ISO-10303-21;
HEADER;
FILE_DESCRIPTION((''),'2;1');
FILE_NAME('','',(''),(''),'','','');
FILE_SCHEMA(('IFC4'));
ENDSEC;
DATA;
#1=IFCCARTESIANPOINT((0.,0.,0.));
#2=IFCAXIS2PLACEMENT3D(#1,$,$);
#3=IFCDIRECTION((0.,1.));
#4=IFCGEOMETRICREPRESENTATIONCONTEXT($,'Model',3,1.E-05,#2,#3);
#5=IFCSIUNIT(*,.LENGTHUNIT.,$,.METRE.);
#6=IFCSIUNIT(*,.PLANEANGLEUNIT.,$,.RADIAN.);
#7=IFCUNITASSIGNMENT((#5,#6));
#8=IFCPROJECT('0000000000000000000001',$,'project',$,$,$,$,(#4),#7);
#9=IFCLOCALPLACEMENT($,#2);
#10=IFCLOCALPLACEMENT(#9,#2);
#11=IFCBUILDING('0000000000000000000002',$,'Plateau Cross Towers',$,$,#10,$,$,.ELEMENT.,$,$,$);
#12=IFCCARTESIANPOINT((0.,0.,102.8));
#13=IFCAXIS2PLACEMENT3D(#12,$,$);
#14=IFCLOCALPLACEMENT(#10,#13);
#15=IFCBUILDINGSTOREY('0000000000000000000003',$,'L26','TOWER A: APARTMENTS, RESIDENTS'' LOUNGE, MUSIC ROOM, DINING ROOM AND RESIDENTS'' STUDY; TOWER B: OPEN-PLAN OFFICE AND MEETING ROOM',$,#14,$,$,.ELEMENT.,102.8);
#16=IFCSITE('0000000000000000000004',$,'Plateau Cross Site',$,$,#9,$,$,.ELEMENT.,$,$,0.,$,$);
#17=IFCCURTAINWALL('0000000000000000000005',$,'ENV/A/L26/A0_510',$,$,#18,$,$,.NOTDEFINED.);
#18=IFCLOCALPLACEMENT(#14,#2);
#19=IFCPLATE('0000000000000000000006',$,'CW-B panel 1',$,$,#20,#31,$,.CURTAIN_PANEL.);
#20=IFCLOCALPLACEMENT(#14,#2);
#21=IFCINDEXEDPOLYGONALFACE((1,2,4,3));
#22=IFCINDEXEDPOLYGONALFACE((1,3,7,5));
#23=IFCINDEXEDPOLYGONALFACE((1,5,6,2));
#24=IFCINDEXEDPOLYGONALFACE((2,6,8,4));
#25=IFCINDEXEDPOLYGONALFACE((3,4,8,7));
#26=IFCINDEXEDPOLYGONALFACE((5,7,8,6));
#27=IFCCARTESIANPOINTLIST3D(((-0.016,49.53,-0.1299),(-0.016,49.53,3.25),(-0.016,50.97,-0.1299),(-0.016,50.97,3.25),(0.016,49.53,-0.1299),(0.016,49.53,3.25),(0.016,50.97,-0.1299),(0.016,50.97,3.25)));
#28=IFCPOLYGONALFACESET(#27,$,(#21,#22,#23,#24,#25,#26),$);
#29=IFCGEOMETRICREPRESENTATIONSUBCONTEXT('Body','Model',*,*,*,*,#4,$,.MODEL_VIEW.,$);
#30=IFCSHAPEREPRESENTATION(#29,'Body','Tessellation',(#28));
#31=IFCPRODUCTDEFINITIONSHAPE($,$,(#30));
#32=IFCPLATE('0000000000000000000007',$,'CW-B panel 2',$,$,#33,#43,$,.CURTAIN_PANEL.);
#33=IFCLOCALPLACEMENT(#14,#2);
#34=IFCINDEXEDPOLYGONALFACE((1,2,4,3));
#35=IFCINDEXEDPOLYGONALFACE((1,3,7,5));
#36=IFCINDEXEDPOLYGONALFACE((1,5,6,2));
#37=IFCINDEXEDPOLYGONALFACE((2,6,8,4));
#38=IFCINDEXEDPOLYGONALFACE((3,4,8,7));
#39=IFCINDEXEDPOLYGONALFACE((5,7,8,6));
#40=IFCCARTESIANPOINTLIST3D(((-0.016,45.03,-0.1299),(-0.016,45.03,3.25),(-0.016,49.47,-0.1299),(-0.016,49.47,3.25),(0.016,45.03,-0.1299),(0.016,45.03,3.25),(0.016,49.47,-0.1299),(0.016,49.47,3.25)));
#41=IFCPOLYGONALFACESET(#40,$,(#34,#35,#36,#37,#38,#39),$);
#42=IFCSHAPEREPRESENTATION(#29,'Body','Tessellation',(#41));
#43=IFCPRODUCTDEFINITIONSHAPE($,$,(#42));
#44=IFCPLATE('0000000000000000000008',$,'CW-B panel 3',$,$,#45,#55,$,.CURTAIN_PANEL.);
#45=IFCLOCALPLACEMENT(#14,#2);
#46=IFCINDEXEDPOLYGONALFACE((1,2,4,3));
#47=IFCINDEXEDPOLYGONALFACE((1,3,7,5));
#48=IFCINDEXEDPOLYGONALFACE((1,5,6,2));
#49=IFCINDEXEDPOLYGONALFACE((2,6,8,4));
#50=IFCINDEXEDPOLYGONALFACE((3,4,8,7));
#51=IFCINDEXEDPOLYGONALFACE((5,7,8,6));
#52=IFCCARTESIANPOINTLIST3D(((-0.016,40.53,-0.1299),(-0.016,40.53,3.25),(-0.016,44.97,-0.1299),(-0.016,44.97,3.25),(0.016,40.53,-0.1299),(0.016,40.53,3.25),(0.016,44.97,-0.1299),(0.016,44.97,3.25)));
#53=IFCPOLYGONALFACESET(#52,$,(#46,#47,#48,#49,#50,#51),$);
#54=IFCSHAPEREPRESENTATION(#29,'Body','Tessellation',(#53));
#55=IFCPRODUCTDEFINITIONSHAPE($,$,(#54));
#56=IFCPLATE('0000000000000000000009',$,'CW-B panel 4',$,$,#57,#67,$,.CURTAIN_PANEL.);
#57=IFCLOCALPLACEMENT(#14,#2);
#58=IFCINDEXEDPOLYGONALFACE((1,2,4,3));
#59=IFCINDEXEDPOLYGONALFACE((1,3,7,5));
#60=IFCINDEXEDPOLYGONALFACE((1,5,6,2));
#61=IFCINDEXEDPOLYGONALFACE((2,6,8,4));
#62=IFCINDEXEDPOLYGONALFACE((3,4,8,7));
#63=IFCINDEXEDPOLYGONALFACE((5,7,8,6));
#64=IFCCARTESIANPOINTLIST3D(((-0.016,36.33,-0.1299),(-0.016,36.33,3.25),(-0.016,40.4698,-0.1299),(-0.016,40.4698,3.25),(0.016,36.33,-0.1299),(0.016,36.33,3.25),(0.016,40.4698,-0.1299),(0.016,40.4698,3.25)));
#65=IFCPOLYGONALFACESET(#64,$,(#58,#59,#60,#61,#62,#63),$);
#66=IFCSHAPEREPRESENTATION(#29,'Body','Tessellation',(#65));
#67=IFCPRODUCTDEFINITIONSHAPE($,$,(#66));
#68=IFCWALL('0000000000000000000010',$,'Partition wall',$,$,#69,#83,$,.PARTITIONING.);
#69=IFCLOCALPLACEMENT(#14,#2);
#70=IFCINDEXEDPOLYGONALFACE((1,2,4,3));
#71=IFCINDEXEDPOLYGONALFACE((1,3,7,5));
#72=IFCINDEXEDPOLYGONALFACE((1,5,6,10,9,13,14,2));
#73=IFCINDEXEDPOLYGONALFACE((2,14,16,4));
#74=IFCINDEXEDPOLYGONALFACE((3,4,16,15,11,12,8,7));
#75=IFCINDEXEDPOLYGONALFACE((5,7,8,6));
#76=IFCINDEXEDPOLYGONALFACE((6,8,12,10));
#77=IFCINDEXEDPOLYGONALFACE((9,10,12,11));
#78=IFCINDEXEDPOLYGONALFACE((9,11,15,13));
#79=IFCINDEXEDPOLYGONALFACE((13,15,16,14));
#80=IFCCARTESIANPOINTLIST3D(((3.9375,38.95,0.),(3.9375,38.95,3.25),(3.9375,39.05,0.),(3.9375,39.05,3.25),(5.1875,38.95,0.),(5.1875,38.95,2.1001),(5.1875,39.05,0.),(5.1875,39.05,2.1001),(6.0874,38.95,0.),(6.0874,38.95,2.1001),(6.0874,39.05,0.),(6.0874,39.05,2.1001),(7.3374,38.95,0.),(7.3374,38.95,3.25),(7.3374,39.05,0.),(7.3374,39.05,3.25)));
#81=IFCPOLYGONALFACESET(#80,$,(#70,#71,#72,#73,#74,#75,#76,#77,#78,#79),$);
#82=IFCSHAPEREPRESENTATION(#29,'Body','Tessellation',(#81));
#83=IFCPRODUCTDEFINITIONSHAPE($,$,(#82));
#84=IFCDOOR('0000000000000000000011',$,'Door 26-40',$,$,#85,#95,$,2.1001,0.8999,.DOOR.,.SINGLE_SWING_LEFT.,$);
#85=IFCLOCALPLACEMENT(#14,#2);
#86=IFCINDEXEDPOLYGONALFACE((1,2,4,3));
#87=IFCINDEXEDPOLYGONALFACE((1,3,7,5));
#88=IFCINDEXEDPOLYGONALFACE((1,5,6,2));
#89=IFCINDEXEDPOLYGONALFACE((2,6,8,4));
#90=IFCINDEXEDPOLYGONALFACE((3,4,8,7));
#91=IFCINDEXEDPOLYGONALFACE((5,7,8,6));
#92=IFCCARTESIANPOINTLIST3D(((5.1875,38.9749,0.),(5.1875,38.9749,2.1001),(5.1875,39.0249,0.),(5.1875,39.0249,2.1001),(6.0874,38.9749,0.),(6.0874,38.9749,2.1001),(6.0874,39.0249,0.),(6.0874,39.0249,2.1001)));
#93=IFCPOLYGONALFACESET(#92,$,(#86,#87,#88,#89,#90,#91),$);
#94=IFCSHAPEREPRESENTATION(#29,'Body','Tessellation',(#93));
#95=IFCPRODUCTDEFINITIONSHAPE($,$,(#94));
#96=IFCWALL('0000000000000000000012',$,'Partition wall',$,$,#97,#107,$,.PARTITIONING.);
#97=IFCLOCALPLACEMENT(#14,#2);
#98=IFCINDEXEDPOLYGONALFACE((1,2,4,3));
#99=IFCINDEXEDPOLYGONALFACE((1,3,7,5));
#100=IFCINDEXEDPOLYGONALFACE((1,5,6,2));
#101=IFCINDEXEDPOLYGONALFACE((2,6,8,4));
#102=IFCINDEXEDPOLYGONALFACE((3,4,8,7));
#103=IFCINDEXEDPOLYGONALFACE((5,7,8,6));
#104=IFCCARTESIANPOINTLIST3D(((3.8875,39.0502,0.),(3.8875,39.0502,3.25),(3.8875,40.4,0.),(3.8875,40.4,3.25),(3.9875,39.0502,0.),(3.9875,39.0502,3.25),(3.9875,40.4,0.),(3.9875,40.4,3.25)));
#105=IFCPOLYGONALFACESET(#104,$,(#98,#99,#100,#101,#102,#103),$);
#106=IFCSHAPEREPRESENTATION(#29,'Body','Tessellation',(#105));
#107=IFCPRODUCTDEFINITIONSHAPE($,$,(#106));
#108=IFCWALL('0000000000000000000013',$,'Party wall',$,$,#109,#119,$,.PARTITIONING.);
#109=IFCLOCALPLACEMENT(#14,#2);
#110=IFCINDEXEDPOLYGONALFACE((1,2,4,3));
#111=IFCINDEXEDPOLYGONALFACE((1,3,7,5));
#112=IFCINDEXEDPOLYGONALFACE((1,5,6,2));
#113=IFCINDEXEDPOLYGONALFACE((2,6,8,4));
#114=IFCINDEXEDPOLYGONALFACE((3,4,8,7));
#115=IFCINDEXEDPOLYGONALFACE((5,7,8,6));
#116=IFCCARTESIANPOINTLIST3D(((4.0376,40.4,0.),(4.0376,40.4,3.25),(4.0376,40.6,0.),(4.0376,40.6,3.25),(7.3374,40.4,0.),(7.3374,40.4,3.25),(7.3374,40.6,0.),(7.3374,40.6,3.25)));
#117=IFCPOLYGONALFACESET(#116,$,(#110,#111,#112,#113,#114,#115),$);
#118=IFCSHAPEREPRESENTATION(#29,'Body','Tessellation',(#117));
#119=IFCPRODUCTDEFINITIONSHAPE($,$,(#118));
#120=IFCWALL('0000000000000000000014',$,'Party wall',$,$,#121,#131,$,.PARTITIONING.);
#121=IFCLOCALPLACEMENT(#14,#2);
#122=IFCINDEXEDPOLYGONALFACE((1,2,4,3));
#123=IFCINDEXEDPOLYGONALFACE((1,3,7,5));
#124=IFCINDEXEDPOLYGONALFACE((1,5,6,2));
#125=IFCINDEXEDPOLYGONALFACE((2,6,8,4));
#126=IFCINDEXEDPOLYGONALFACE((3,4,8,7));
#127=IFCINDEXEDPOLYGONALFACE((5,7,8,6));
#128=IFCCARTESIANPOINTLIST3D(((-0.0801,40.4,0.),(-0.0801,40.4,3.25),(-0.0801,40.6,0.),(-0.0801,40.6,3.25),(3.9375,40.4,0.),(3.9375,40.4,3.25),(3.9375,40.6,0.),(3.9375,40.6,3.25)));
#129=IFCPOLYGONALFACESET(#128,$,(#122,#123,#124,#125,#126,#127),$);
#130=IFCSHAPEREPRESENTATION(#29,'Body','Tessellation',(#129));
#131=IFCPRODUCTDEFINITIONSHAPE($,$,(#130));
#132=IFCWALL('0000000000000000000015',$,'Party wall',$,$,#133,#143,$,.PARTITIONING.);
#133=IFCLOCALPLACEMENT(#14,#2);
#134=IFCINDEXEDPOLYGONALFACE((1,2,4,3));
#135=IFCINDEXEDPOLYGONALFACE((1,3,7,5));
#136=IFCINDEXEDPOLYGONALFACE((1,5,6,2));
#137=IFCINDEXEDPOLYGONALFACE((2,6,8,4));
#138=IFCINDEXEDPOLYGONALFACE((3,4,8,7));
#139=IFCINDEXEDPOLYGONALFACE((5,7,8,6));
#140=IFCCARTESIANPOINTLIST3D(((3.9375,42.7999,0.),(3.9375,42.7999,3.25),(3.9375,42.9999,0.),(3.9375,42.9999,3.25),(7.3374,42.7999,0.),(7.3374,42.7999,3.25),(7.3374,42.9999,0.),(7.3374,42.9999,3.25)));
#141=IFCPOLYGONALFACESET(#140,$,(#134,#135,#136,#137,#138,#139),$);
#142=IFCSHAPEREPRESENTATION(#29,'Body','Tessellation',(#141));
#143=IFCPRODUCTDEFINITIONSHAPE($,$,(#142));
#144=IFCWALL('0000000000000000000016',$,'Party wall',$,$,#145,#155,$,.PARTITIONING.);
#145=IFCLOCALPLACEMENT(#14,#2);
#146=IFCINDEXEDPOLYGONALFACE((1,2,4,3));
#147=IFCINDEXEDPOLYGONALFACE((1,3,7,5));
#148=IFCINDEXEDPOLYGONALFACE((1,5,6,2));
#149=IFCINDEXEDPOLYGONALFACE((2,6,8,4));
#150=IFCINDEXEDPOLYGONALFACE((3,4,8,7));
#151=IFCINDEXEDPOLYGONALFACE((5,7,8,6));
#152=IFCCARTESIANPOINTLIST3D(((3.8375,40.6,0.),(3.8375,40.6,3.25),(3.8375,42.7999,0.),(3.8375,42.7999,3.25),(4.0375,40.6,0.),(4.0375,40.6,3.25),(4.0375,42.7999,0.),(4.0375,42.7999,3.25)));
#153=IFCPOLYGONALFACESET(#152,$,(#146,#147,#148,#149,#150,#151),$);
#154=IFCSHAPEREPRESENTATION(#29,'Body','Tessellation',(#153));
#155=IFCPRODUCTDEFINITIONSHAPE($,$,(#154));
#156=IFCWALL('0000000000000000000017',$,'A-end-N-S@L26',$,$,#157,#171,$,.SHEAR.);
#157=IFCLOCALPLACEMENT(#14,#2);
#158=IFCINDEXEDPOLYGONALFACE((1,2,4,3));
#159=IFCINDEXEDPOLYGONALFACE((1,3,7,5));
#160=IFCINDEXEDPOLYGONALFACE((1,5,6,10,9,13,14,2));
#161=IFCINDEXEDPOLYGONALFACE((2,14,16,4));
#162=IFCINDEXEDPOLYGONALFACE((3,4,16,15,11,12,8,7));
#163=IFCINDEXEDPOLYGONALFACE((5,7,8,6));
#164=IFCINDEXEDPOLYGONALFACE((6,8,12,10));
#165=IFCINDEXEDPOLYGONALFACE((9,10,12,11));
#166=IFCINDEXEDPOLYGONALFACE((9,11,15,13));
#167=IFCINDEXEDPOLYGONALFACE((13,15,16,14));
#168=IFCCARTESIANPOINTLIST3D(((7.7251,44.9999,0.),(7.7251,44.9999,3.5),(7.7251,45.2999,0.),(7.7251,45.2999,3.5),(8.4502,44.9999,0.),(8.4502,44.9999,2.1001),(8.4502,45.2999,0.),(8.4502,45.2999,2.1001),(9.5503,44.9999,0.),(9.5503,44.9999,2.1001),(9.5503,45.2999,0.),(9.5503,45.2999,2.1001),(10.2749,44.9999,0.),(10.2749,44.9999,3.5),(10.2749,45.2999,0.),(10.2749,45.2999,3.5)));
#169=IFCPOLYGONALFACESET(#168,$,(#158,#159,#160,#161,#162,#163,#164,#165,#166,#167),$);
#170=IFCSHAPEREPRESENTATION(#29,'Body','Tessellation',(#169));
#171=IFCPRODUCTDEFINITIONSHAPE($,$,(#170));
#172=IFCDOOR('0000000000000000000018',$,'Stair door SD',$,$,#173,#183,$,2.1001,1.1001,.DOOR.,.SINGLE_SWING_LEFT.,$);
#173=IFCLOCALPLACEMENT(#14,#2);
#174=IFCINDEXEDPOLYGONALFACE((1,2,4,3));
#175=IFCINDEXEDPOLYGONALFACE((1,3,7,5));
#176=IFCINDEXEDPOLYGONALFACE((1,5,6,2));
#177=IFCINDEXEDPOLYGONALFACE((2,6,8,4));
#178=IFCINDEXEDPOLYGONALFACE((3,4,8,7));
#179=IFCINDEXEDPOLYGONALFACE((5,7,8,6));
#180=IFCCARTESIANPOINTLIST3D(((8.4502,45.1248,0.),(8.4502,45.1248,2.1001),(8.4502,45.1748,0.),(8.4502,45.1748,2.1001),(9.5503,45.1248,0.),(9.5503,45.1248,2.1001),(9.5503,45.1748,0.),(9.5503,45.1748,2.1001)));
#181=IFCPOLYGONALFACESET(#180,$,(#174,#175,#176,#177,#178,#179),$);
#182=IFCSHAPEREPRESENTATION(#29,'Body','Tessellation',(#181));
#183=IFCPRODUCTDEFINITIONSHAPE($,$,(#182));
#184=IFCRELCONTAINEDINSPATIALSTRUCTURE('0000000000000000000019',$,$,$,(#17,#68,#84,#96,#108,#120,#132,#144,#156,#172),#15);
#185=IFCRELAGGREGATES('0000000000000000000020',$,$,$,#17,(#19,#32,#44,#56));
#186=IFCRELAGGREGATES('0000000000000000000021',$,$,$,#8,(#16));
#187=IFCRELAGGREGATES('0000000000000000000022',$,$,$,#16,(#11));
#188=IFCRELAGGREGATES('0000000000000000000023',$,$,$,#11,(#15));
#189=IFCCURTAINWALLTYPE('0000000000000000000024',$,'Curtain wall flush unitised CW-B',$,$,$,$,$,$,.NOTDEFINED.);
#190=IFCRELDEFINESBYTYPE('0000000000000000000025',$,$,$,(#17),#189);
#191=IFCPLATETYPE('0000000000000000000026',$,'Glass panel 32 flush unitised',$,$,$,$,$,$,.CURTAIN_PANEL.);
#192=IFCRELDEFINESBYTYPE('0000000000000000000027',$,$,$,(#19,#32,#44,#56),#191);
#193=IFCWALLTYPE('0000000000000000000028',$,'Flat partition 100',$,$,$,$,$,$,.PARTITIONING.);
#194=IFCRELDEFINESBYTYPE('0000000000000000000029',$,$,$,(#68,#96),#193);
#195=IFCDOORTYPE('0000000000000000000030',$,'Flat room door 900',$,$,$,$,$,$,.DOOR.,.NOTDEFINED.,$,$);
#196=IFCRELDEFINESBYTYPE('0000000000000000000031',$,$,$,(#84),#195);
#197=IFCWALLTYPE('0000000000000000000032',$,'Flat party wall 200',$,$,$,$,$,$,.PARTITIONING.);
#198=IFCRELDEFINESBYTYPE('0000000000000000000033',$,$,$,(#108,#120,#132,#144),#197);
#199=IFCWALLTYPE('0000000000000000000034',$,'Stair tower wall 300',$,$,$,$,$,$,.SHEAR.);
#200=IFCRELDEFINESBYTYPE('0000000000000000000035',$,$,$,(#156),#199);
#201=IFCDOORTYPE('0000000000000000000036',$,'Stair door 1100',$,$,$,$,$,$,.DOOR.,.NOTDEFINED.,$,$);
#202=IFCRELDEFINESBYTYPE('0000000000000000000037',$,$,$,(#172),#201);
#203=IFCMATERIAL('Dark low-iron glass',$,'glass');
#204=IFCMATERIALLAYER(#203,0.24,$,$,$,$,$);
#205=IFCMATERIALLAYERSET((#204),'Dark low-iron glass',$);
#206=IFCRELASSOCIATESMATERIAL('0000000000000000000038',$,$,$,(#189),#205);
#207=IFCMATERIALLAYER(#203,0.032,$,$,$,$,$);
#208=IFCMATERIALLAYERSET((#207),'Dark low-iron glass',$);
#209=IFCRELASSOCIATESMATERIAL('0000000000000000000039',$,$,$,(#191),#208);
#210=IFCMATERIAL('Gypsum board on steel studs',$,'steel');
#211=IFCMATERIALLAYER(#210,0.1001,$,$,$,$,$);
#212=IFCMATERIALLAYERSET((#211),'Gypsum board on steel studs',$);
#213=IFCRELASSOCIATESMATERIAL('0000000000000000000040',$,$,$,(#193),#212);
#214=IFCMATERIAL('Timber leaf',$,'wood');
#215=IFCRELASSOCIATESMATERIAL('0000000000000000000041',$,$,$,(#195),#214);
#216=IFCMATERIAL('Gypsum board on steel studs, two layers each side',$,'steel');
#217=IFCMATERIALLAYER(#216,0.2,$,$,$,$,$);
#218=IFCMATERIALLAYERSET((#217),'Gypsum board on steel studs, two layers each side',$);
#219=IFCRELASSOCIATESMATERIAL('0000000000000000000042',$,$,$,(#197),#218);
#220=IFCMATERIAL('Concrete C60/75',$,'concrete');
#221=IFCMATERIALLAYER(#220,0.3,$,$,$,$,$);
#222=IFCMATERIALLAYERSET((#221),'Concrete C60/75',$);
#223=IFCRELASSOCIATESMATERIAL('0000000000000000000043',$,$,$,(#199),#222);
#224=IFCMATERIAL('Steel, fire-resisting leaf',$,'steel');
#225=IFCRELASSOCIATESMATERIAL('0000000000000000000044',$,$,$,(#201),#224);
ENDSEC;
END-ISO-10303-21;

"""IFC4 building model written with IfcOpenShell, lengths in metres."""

from ifc_helpers import new_model, si_unit, direction, frame, frame_2d, origin, origin_2d, place, context, subcontext, project, spatial, rectangle, extrude, material, layer, layer_set, type_object, element, fill, aggregate, save


model = new_model("IFC4")

# Units and contexts
model_context = context("Model", 3, precision=1e-05, world=origin(), true_north=direction((0.0, 1.0)))
body_context = subcontext(model_context, "Body", "Model", "MODEL_VIEW")
ifc_project = project(units=[si_unit("LENGTHUNIT", "METRE"), si_unit("PLANEANGLEUNIT", "RADIAN")], contexts=[model_context])

# Site, building, storey
site_placement = place(None, origin())
site = spatial("IfcSite", under=ifc_project, at=site_placement, Name="Plateau Cross Site", CompositionType="ELEMENT", RefElevation=0.0)
building_placement = place(site_placement, origin())
building = spatial("IfcBuilding", under=site, at=building_placement, Name="Plateau Cross Towers", CompositionType="ELEMENT")
storey_placement = place(building_placement, frame((0.0, 0.0, 102.8)))
storey = spatial("IfcBuildingStorey", under=building, at=storey_placement, Name="L26", Description="TOWER A: APARTMENTS, RESIDENTS' LOUNGE, MUSIC ROOM, DINING ROOM AND RESIDENTS' STUDY; TOWER B: OPEN-PLAN OFFICE AND MEETING ROOM", CompositionType="ELEMENT", Elevation=102.8)

# Shared definitions
ifc_material_1 = material(Name="Concrete C60/75", Category="concrete")

# Shared definitions
ifc_material_2 = material(Name="Dark low-iron glass", Category="glass")
ifc_layer_1 = layer(ifc_material_2, 0.24)
ifc_layer_set_1 = layer_set([ifc_layer_1], Name="Dark low-iron glass")
curtain_wall_type = type_object("IfcCurtainWallType", Name="Curtain wall flush unitised CW-B", PredefinedType="NOTDEFINED", material=ifc_layer_set_1)

# Curtain wall
curtain_wall_1_placement = place(storey_placement, origin())
curtain_wall_1 = element("IfcCurtainWall", 1, at=curtain_wall_1_placement, inside=storey, type_object=curtain_wall_type, Name="ENV/A/L26/A0_510", PredefinedType="NOTDEFINED")

# Shared definitions
ifc_layer_2 = layer(ifc_material_2, 0.032)
ifc_layer_set_2 = layer_set([ifc_layer_2], Name="Dark low-iron glass")
plate_type = type_object("IfcPlateType", Name="Glass panel 32 flush unitised", PredefinedType="CURTAIN_PANEL", material=ifc_layer_set_2)

# Plates
plate_1_placement = place(storey_placement, frame((0.0, 50.25, -0.1299), z_axis=(0.0, 0.0, 1.0), x_axis=(0.0, -1.0, 0.0)))
plate_1 = element("IfcPlate", 2, at=plate_1_placement, type_object=plate_type, Name="CW-B panel 1", PredefinedType="CURTAIN_PANEL", context=body_context, shape_type="SweptSolid", body=[
    extrude(rectangle(XDim=1.4399, YDim=0.032, at=origin_2d()), origin(), (0.0, 0.0, 1.0), 3.3799),
])
plate_2_placement = place(storey_placement, frame((0.0, 47.25, -0.1299), z_axis=(0.0, 0.0, 1.0), x_axis=(0.0, -1.0, 0.0)))
plate_2 = element("IfcPlate", 3, at=plate_2_placement, type_object=plate_type, Name="CW-B panel 2", PredefinedType="CURTAIN_PANEL", context=body_context, shape_type="SweptSolid", body=[
    extrude(rectangle(XDim=4.4399, YDim=0.032, at=origin_2d()), origin(), (0.0, 0.0, 1.0), 3.3799),
])
plate_3_placement = place(storey_placement, frame((0.0, 42.75, -0.1299), z_axis=(0.0, 0.0, 1.0), x_axis=(0.0, -1.0, 0.0)))
plate_3 = element("IfcPlate", 4, at=plate_3_placement, type_object=plate_type, Name="CW-B panel 3", PredefinedType="CURTAIN_PANEL", context=body_context, shape_type="SweptSolid", body=[
    extrude(rectangle(XDim=4.4399, YDim=0.032, at=origin_2d()), origin(), (0.0, 0.0, 1.0), 3.3799),
])
plate_4_placement = place(storey_placement, frame((0.0, 38.3999, -0.1299), z_axis=(0.0, 0.0, 1.0), x_axis=(0.0, -1.0, 0.0)))
plate_4 = element("IfcPlate", 5, at=plate_4_placement, type_object=plate_type, Name="CW-B panel 4", PredefinedType="CURTAIN_PANEL", context=body_context, shape_type="SweptSolid", body=[
    extrude(rectangle(XDim=4.1399, YDim=0.032, at=origin_2d()), origin(), (0.0, 0.0, 1.0), 3.3799),
])
aggregate(curtain_wall_1, [plate_1, plate_2, plate_3, plate_4])

# Wall, opening, door
ifc_material_3 = material(Name="Gypsum board on steel studs", Category="steel")
ifc_layer_3 = layer(ifc_material_3, 0.1001)
ifc_layer_set_3 = layer_set([ifc_layer_3], Name="Gypsum board on steel studs")
wall_type_1 = type_object("IfcWallType", Name="Flat partition 100", PredefinedType="PARTITIONING", material=ifc_layer_set_3)
wall_1_placement = place(storey_placement, frame((3.9375, 39.0, 0.0), z_axis=(0.0, 0.0, 1.0), x_axis=(1.0, 0.0, 0.0)))
wall_1 = element("IfcWall", 6, at=wall_1_placement, inside=storey, type_object=wall_type_1, Name="Partition wall", PredefinedType="PARTITIONING", context=body_context, shape_type="SweptSolid", body=[
    extrude(rectangle(XDim=3.3999, YDim=0.1001, at=frame_2d((1.7, 0.0))), origin(), (0.0, 0.0, 1.0), 3.25),
])
opening_1_placement = place(wall_1_placement, frame((1.25, 0.0, 0.0)))
opening_1 = element("IfcOpeningElement", 7, at=opening_1_placement, cuts=wall_1, PredefinedType="OPENING", context=body_context, shape_type="SweptSolid", body=[
    extrude(rectangle(XDim=0.8999, YDim=2.1001, at=frame_2d((0.45, 1.05))), frame((0.0, 0.0601, 0.0), z_axis=(0.0, -1.0, 0.0), x_axis=(1.0, 0.0, 0.0)), (0.0, 0.0, 1.0), 0.1201),
])
ifc_material_4 = material(Name="Timber leaf", Category="wood")
door_type_1 = type_object("IfcDoorType", Name="Flat room door 900", OperationType="NOTDEFINED", PredefinedType="DOOR", material=ifc_material_4)
door_1_placement = place(opening_1_placement, origin())
door_1 = element("IfcDoor", 8, at=door_1_placement, inside=storey, type_object=door_type_1, Name="Door 26-40", OperationType="SINGLE_SWING_LEFT", OverallHeight=2.1001, OverallWidth=0.8999, PredefinedType="DOOR", context=body_context, shape_type="SweptSolid", body=[
    extrude(rectangle(XDim=0.8999, YDim=2.1001, at=frame_2d((0.45, 1.05))), frame((0.0, 0.0249, 0.0), z_axis=(0.0, -1.0, 0.0), x_axis=(1.0, 0.0, 0.0)), (0.0, 0.0, 1.0), 0.05),
])
fill(opening_1, door_1)

# Walls
wall_2_placement = place(storey_placement, frame((3.9375, 40.3999, 0.0), z_axis=(0.0, 0.0, 1.0), x_axis=(0.0, -1.0, 0.0)))
element("IfcWall", 9, at=wall_2_placement, inside=storey, type_object=wall_type_1, Name="Partition wall", PredefinedType="PARTITIONING", context=body_context, shape_type="SweptSolid", body=[
    extrude(rectangle(XDim=1.3499, YDim=0.1001, at=frame_2d((0.6748, 0.0))), origin(), (0.0, 0.0, 1.0), 3.25),
])
ifc_material_5 = material(Name="Gypsum board on steel studs, two layers each side", Category="steel")
ifc_layer_4 = layer(ifc_material_5, 0.2)
ifc_layer_set_4 = layer_set([ifc_layer_4], Name="Gypsum board on steel studs, two layers each side")
wall_type_2 = type_object("IfcWallType", Name="Flat party wall 200", PredefinedType="PARTITIONING", material=ifc_layer_set_4)
wall_3_placement = place(storey_placement, frame((7.3374, 40.5, 0.0), z_axis=(0.0, 0.0, 1.0), x_axis=(-1.0, 0.0, 0.0)))
element("IfcWall", 10, at=wall_3_placement, inside=storey, type_object=wall_type_2, Name="Party wall", PredefinedType="PARTITIONING", context=body_context, shape_type="SweptSolid", body=[
    extrude(rectangle(XDim=3.2998, YDim=0.2, at=frame_2d((1.6499, 0.0))), origin(), (0.0, 0.0, 1.0), 3.25),
])
wall_4_placement = place(storey_placement, frame((-0.0801, 40.5, 0.0), z_axis=(0.0, 0.0, 1.0), x_axis=(1.0, 0.0, 0.0)))
element("IfcWall", 11, at=wall_4_placement, inside=storey, type_object=wall_type_2, Name="Party wall", PredefinedType="PARTITIONING", context=body_context, shape_type="SweptSolid", body=[
    extrude(rectangle(XDim=4.0176, YDim=0.2, at=frame_2d((2.0088, 0.0))), origin(), (0.0, 0.0, 1.0), 3.25),
])
wall_5_placement = place(storey_placement, frame((7.3374, 42.8999, 0.0), z_axis=(0.0, 0.0, 1.0), x_axis=(-1.0, 0.0, 0.0)))
element("IfcWall", 12, at=wall_5_placement, inside=storey, type_object=wall_type_2, Name="Party wall", PredefinedType="PARTITIONING", context=body_context, shape_type="SweptSolid", body=[
    extrude(rectangle(XDim=3.3999, YDim=0.2, at=frame_2d((1.7, 0.0))), origin(), (0.0, 0.0, 1.0), 3.25),
])
wall_6_placement = place(storey_placement, frame((3.9375, 42.8, 0.0), z_axis=(0.0, 0.0, 1.0), x_axis=(0.0, -1.0, 0.0)))
element("IfcWall", 13, at=wall_6_placement, inside=storey, type_object=wall_type_2, Name="Party wall", PredefinedType="PARTITIONING", context=body_context, shape_type="SweptSolid", body=[
    extrude(rectangle(XDim=2.2, YDim=0.2, at=frame_2d((1.1001, 0.0))), origin(), (0.0, 0.0, 1.0), 3.25),
])

# Wall, opening, door
ifc_layer_5 = layer(ifc_material_1, 0.3)
ifc_layer_set_5 = layer_set([ifc_layer_5], Name="Concrete C60/75")
wall_type_3 = type_object("IfcWallType", Name="Stair tower wall 300", PredefinedType="SHEAR", material=ifc_layer_set_5)
wall_7_placement = place(storey_placement, frame((7.7251, 45.1499, 0.0), z_axis=(0.0, 0.0, 1.0), x_axis=(1.0, 0.0, 0.0)))
wall_7 = element("IfcWall", 14, at=wall_7_placement, inside=storey, type_object=wall_type_3, Name="A-end-N-S@L26", PredefinedType="SHEAR", context=body_context, shape_type="SweptSolid", body=[
    extrude(rectangle(XDim=2.5498, YDim=0.3, at=frame_2d((1.2749, 0.0))), origin(), (0.0, 0.0, 1.0), 3.5),
])
opening_2_placement = place(wall_7_placement, frame((0.7251, 0.0, 0.0)))
opening_2 = element("IfcOpeningElement", 15, at=opening_2_placement, cuts=wall_7, PredefinedType="OPENING", context=body_context, shape_type="SweptSolid", body=[
    extrude(rectangle(XDim=1.1001, YDim=2.1001, at=frame_2d((0.55, 1.05))), frame((0.0, 0.1599, 0.0), z_axis=(0.0, -1.0, 0.0), x_axis=(1.0, 0.0, 0.0)), (0.0, 0.0, 1.0), 0.3201),
])
ifc_material_6 = material(Name="Steel, fire-resisting leaf", Category="steel")
door_type_2 = type_object("IfcDoorType", Name="Stair door 1100", OperationType="NOTDEFINED", PredefinedType="DOOR", material=ifc_material_6)
door_2_placement = place(opening_2_placement, origin())
door_2 = element("IfcDoor", 16, at=door_2_placement, inside=storey, type_object=door_type_2, Name="Stair door SD", OperationType="SINGLE_SWING_LEFT", OverallHeight=2.1001, OverallWidth=1.1001, PredefinedType="DOOR", context=body_context, shape_type="SweptSolid", body=[
    extrude(rectangle(XDim=1.1001, YDim=2.1001, at=frame_2d((0.55, 1.05))), frame((0.0, 0.0249, 0.0), z_axis=(0.0, -1.0, 0.0), x_axis=(1.0, 0.0, 0.0)), (0.0, 0.0, 1.0), 0.05),
])
fill(opening_2, door_2)

save(model, "model.ifc")
